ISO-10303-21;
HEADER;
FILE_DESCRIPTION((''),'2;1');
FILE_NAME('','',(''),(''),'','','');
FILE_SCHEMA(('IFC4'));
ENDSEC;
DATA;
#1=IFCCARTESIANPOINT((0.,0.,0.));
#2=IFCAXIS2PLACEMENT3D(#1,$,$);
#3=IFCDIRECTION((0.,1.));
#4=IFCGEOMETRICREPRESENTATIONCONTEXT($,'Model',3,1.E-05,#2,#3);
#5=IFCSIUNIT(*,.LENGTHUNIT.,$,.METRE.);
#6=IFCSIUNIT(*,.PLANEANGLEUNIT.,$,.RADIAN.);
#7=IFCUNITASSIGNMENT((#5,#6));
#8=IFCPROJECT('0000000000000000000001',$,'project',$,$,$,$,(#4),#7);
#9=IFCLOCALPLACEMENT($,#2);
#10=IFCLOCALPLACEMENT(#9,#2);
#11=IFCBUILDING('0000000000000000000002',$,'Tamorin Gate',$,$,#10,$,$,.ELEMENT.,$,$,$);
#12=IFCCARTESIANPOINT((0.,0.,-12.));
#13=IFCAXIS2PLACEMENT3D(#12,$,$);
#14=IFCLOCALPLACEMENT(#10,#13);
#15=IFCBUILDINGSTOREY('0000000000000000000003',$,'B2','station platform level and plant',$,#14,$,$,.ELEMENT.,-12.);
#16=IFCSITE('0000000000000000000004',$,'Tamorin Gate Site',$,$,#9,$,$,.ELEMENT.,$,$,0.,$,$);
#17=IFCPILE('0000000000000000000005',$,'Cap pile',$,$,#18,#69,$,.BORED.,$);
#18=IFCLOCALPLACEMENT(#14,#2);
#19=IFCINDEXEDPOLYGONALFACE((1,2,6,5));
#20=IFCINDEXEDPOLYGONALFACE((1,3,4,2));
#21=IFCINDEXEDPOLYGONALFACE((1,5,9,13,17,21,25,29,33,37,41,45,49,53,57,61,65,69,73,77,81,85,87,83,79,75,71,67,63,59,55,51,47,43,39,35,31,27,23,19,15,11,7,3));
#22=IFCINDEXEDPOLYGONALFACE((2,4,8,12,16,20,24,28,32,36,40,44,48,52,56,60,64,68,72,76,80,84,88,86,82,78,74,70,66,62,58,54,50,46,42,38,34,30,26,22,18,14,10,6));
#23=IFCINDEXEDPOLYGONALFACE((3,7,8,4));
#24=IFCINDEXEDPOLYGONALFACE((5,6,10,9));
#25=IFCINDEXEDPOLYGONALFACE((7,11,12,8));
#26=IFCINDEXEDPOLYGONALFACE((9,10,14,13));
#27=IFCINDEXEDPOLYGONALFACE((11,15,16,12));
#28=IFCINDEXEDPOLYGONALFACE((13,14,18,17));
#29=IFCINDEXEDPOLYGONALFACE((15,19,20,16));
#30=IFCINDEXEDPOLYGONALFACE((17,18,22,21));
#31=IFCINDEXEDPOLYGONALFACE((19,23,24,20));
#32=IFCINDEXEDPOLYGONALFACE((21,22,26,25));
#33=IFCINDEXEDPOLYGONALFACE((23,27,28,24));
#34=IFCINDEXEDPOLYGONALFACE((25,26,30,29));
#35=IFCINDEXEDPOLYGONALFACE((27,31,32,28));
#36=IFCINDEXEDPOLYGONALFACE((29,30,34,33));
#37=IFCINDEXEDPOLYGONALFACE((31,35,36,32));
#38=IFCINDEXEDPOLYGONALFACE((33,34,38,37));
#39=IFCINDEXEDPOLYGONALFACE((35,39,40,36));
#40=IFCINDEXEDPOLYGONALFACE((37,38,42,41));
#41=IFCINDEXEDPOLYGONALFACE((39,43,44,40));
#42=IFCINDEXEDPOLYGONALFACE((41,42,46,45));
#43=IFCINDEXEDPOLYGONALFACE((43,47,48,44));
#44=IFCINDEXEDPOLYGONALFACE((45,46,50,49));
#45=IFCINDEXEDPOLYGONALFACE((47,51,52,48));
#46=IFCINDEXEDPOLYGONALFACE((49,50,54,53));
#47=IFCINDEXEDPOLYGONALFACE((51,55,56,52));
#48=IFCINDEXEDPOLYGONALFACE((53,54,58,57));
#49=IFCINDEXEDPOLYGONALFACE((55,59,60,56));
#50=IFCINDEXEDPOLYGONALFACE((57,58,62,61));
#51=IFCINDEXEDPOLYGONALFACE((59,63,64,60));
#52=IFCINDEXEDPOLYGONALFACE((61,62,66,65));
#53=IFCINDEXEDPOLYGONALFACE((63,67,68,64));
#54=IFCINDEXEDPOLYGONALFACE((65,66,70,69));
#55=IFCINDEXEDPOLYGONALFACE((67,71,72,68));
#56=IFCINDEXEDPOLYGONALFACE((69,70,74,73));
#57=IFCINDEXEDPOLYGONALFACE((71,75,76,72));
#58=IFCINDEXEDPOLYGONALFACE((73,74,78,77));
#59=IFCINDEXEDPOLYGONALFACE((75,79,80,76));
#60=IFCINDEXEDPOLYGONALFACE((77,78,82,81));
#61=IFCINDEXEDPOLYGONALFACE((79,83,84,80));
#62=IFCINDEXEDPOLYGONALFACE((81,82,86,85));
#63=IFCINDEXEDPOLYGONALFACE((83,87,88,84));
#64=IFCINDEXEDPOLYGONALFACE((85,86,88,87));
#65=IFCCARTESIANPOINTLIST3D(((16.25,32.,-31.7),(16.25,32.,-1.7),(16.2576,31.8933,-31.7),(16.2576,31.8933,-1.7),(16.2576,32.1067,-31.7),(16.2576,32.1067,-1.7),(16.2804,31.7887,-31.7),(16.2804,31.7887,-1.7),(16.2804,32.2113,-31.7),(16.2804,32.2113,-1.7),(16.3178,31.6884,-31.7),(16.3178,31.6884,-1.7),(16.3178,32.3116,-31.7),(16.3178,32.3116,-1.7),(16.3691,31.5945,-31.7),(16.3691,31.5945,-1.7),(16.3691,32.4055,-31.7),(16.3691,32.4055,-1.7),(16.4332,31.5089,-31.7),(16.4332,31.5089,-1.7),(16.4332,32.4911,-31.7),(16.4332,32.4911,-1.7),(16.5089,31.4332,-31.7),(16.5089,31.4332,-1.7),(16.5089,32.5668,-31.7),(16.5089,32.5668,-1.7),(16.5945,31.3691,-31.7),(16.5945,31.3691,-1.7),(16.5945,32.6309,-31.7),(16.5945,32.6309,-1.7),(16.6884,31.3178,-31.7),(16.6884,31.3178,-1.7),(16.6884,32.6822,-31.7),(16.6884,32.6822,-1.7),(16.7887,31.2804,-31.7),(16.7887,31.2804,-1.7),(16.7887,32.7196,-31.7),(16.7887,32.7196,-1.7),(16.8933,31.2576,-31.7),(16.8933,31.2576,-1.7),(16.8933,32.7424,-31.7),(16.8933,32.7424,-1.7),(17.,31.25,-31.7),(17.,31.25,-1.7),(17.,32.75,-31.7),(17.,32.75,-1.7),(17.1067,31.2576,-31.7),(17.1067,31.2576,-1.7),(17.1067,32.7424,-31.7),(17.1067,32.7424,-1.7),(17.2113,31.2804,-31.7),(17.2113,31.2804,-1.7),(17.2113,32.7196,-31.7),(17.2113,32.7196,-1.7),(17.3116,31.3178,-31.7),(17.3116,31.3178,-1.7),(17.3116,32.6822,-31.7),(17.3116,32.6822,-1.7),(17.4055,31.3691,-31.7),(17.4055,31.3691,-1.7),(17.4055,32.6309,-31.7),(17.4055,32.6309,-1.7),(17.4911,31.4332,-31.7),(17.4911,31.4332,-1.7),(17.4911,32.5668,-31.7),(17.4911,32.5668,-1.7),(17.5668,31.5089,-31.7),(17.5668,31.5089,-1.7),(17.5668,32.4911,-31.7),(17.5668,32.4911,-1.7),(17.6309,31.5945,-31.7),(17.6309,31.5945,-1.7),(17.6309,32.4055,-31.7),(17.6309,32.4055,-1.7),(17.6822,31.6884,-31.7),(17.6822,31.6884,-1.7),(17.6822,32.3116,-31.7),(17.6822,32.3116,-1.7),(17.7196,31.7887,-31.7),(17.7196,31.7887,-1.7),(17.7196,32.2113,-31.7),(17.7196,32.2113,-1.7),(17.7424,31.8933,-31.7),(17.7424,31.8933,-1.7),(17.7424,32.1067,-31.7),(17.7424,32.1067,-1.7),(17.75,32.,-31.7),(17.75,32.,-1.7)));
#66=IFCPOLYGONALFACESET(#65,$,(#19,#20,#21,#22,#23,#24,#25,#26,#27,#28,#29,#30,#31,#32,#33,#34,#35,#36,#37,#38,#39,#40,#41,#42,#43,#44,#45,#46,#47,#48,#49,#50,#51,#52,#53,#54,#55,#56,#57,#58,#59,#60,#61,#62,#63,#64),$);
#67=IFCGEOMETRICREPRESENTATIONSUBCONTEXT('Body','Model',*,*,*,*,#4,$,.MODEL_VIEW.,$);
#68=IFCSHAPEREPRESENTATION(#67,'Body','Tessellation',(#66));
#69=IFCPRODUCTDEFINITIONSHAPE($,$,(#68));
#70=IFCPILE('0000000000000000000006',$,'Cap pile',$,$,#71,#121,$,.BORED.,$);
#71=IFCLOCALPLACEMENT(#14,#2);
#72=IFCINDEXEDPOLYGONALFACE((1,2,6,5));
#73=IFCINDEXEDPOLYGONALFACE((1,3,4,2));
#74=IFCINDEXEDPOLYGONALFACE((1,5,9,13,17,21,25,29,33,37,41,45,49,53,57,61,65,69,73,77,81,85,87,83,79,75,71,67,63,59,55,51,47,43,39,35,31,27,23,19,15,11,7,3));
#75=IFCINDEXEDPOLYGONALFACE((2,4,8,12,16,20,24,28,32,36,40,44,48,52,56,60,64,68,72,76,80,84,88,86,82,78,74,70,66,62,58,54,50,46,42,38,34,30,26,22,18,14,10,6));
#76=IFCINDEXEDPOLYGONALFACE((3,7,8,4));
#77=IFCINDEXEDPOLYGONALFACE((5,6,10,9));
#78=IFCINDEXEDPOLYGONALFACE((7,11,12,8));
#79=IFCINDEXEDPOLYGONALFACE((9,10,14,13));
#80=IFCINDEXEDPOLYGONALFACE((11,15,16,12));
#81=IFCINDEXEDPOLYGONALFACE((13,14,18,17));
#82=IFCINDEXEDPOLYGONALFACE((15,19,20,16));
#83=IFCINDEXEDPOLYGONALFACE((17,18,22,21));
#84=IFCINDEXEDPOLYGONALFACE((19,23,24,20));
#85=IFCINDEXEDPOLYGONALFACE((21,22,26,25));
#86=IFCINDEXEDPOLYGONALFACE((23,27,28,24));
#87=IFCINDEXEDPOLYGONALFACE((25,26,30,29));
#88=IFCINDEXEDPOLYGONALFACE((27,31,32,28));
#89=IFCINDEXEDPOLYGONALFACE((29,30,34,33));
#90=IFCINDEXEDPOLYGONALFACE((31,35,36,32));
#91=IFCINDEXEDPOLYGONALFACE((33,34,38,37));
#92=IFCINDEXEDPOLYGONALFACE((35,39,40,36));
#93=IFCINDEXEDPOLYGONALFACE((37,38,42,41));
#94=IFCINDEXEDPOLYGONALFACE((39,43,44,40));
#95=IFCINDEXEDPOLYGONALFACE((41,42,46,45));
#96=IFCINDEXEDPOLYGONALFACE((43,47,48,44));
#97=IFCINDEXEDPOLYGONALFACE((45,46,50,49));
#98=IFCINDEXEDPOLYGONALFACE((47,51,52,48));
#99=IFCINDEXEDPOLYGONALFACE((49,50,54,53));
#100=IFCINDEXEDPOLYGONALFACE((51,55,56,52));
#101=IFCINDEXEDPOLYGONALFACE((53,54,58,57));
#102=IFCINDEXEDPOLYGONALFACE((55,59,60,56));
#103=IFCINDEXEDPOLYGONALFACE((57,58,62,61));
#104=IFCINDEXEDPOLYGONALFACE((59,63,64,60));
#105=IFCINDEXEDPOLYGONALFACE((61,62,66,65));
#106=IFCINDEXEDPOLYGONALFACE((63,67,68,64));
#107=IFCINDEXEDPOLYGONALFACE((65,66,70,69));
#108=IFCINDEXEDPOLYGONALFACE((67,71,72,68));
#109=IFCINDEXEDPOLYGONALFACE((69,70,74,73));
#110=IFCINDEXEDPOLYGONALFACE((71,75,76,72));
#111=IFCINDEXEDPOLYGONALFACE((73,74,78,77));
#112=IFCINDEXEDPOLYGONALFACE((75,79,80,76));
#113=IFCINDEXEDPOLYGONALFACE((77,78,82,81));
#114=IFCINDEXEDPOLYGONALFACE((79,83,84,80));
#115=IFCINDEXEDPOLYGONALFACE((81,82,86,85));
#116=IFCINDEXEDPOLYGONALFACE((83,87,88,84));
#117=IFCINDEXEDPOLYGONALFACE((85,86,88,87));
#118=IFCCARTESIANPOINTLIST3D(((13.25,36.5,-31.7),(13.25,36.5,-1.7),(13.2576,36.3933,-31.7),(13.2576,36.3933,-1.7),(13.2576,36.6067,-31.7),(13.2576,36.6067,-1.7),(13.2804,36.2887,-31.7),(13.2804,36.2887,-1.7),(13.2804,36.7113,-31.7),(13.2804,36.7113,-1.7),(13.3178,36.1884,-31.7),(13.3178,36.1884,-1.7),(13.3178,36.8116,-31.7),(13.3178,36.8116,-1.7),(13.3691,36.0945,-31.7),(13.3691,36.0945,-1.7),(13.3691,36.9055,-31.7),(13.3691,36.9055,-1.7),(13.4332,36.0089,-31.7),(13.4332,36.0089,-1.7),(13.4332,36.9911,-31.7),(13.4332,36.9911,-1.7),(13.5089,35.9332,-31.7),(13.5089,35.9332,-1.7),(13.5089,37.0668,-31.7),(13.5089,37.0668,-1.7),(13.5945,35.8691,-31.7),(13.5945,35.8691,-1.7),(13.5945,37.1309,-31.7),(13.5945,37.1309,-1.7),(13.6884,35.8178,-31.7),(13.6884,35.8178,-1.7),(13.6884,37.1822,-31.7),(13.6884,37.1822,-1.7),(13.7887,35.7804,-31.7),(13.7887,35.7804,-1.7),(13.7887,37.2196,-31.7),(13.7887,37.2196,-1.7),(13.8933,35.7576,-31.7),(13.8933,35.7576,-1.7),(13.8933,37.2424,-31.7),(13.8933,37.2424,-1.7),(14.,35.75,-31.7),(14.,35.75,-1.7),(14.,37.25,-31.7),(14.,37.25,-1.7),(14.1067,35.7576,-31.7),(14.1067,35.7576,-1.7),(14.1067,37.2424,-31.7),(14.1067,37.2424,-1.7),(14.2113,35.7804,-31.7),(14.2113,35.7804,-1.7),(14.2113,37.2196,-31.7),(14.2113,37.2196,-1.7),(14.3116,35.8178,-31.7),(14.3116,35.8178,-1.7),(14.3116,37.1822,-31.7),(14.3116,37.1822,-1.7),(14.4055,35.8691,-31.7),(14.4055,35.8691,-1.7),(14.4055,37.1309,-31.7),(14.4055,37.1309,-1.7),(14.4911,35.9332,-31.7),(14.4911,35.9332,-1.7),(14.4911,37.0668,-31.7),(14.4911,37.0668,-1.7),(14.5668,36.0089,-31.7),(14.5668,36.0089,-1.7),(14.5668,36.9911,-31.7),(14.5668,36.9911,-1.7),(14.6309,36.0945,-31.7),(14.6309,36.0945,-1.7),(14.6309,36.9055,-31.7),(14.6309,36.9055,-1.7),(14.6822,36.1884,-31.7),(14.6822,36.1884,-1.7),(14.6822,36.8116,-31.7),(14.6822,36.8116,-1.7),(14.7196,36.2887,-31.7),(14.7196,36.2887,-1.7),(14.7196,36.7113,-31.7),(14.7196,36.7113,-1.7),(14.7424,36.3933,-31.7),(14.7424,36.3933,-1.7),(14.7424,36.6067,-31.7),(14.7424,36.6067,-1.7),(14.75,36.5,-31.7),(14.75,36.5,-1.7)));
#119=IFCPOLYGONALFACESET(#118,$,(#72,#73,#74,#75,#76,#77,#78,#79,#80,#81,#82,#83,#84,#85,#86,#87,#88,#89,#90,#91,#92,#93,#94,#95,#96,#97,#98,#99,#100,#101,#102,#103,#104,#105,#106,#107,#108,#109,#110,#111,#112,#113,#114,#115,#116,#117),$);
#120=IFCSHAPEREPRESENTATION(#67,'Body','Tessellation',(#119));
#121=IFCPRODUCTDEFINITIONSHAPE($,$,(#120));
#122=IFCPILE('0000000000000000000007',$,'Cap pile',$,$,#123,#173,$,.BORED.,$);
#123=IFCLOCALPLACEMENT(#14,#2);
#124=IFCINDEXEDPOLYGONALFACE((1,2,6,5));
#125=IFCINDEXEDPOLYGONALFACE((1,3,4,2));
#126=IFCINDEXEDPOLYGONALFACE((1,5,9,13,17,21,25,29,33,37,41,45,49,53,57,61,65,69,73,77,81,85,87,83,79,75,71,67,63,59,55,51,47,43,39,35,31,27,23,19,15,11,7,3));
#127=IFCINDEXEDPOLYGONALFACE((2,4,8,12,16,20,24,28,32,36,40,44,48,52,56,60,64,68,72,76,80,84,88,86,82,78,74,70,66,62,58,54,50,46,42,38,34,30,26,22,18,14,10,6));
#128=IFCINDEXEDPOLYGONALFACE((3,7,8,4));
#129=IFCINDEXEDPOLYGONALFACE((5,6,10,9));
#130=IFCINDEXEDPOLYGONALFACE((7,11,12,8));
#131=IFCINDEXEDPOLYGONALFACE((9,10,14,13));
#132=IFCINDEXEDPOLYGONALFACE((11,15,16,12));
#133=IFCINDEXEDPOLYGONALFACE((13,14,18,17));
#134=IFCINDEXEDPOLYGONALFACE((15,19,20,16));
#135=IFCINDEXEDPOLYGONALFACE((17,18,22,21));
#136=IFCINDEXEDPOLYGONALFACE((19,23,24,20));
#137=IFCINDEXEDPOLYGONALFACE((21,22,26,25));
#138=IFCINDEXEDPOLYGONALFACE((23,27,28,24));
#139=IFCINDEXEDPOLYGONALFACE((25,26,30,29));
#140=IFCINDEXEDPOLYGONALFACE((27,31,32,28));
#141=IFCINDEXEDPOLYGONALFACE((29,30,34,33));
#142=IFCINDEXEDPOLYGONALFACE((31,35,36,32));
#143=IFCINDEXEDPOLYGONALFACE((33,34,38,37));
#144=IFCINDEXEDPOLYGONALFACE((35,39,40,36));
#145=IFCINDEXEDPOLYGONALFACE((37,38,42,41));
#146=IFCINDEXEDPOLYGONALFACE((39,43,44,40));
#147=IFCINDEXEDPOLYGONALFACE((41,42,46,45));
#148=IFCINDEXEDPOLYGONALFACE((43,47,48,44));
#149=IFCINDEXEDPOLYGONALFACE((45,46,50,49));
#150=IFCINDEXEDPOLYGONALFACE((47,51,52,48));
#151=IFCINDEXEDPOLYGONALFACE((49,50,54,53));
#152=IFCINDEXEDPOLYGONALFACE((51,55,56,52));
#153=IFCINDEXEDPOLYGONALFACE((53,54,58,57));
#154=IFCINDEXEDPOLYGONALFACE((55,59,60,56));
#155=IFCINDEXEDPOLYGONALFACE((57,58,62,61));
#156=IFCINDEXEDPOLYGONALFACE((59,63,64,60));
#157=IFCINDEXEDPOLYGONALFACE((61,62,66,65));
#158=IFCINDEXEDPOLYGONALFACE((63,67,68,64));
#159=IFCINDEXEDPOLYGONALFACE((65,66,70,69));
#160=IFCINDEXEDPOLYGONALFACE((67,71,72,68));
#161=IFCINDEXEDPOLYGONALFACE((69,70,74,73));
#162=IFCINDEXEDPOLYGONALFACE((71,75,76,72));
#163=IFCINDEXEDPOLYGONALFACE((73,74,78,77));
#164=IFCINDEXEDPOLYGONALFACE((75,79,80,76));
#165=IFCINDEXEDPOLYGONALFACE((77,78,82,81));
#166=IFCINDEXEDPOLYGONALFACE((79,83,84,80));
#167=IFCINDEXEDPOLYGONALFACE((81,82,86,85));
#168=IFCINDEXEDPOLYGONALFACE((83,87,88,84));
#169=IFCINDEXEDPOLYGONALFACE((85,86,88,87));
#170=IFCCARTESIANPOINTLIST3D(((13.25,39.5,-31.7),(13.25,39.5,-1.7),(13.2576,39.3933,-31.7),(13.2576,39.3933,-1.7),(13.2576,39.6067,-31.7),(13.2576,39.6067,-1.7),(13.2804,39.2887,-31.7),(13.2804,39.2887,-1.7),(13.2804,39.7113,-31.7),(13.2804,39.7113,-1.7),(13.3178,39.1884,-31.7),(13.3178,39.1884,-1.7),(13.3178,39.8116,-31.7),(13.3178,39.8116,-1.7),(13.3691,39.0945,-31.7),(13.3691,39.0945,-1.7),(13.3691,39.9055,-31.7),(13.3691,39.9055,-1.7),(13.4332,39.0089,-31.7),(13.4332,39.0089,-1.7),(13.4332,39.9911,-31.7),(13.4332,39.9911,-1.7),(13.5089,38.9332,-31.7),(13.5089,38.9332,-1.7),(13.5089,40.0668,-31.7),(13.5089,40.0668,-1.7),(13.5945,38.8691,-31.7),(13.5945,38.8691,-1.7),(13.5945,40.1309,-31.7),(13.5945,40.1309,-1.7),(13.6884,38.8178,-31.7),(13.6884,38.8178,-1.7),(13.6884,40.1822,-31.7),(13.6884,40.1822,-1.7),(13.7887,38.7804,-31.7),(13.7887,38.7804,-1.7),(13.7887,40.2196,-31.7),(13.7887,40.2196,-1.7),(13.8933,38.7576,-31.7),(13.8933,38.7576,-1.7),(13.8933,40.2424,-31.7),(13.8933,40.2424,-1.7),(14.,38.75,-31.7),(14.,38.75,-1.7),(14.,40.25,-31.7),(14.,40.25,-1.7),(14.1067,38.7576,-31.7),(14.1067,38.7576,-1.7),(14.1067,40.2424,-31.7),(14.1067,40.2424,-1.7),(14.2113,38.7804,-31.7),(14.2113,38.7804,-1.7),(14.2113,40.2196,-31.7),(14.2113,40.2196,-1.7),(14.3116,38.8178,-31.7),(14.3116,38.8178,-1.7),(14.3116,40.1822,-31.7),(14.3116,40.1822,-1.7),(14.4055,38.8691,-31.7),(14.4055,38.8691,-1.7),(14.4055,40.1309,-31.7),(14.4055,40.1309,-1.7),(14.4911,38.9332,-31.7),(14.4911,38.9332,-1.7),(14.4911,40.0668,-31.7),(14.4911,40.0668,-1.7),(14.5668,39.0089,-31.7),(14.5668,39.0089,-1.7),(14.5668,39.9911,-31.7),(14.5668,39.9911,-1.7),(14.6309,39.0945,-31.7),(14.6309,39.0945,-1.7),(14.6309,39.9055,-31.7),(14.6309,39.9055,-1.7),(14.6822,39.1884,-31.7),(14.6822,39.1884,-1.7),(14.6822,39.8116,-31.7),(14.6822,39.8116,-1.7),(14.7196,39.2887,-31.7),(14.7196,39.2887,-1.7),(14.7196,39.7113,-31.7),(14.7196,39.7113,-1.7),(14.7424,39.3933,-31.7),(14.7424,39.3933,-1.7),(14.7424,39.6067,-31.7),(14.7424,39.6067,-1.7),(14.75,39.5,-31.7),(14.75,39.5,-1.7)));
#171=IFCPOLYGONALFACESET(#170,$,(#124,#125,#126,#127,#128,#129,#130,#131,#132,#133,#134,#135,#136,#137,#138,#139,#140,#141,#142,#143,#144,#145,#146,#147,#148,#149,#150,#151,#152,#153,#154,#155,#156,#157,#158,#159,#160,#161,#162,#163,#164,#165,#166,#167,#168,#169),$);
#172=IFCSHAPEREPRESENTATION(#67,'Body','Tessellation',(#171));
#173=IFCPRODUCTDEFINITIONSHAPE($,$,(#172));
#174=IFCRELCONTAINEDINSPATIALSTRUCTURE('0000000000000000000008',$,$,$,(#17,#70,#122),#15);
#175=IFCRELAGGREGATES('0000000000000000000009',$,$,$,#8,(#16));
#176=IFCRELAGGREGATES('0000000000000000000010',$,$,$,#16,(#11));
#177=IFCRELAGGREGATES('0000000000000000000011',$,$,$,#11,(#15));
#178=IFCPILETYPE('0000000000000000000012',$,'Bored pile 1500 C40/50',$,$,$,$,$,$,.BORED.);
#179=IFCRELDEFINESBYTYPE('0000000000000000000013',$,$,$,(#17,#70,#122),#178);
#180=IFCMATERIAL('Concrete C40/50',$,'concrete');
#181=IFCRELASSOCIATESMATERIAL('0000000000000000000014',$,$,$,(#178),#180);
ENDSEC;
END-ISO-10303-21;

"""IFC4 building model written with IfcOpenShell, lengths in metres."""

from ifc_helpers import new_model, si_unit, direction, frame, origin, origin_2d, place, context, subcontext, project, spatial, circle, extrude, material, material_profile, profile_set, type_object, element, save


model = new_model("IFC4")

# Units and contexts
model_context = context("Model", 3, precision=1e-05, world=origin(), true_north=direction((0.0, 1.0)))
body_context = subcontext(model_context, "Body", "Model", "MODEL_VIEW")
ifc_project = project(units=[si_unit("LENGTHUNIT", "METRE"), si_unit("PLANEANGLEUNIT", "RADIAN")], contexts=[model_context])

# Site, building, storey
site_placement = place(None, origin())
site = spatial("IfcSite", under=ifc_project, at=site_placement, Name="Tamorin Gate Site", CompositionType="ELEMENT", RefElevation=0.0)
building_placement = place(site_placement, origin())
building = spatial("IfcBuilding", under=site, at=building_placement, Name="Tamorin Gate", CompositionType="ELEMENT")
storey_placement = place(building_placement, frame((0.0, 0.0, -12.0)))
storey = spatial("IfcBuildingStorey", under=building, at=storey_placement, Name="B2", Description="station platform level and plant", CompositionType="ELEMENT", Elevation=-12.0)

# Piles
ifc_material_1 = material(Name="Concrete C40/50", Category="concrete")
ifc_material_profile_1 = material_profile(ifc_material_1, circle(Radius=0.75, at=origin_2d()))
ifc_profile_set_1 = profile_set([ifc_material_profile_1], Name="Concrete C40/50")
pile_type = type_object("IfcPileType", Name="Bored pile 1500 C40/50", PredefinedType="BORED", material=ifc_profile_set_1)
for number, where, z_axis, x_axis, name in (
    (1, (17.0, 32.0, -1.7), (0.0, 0.0, -1.0), (1.0, 0.0, 0.0), "Cap pile"),
    (2, (14.0, 36.5, -1.7), (0.0, 0.0, -1.0), (1.0, 0.0, 0.0), "Cap pile"),
    (3, (14.0, 39.5, -1.7), (0.0, 0.0, -1.0), (1.0, 0.0, 0.0), "Cap pile"),
):
    element("IfcPile", number, at=place(storey_placement, frame(where, z_axis=z_axis, x_axis=x_axis)), inside=storey, type_object=pile_type, Name=name, PredefinedType="BORED", context=body_context, shape_type="SweptSolid", body=[
        extrude(circle(Radius=0.75, at=origin_2d()), origin(), (0.0, 0.0, 1.0), 30.0),
    ])

save(model, "model.ifc")
